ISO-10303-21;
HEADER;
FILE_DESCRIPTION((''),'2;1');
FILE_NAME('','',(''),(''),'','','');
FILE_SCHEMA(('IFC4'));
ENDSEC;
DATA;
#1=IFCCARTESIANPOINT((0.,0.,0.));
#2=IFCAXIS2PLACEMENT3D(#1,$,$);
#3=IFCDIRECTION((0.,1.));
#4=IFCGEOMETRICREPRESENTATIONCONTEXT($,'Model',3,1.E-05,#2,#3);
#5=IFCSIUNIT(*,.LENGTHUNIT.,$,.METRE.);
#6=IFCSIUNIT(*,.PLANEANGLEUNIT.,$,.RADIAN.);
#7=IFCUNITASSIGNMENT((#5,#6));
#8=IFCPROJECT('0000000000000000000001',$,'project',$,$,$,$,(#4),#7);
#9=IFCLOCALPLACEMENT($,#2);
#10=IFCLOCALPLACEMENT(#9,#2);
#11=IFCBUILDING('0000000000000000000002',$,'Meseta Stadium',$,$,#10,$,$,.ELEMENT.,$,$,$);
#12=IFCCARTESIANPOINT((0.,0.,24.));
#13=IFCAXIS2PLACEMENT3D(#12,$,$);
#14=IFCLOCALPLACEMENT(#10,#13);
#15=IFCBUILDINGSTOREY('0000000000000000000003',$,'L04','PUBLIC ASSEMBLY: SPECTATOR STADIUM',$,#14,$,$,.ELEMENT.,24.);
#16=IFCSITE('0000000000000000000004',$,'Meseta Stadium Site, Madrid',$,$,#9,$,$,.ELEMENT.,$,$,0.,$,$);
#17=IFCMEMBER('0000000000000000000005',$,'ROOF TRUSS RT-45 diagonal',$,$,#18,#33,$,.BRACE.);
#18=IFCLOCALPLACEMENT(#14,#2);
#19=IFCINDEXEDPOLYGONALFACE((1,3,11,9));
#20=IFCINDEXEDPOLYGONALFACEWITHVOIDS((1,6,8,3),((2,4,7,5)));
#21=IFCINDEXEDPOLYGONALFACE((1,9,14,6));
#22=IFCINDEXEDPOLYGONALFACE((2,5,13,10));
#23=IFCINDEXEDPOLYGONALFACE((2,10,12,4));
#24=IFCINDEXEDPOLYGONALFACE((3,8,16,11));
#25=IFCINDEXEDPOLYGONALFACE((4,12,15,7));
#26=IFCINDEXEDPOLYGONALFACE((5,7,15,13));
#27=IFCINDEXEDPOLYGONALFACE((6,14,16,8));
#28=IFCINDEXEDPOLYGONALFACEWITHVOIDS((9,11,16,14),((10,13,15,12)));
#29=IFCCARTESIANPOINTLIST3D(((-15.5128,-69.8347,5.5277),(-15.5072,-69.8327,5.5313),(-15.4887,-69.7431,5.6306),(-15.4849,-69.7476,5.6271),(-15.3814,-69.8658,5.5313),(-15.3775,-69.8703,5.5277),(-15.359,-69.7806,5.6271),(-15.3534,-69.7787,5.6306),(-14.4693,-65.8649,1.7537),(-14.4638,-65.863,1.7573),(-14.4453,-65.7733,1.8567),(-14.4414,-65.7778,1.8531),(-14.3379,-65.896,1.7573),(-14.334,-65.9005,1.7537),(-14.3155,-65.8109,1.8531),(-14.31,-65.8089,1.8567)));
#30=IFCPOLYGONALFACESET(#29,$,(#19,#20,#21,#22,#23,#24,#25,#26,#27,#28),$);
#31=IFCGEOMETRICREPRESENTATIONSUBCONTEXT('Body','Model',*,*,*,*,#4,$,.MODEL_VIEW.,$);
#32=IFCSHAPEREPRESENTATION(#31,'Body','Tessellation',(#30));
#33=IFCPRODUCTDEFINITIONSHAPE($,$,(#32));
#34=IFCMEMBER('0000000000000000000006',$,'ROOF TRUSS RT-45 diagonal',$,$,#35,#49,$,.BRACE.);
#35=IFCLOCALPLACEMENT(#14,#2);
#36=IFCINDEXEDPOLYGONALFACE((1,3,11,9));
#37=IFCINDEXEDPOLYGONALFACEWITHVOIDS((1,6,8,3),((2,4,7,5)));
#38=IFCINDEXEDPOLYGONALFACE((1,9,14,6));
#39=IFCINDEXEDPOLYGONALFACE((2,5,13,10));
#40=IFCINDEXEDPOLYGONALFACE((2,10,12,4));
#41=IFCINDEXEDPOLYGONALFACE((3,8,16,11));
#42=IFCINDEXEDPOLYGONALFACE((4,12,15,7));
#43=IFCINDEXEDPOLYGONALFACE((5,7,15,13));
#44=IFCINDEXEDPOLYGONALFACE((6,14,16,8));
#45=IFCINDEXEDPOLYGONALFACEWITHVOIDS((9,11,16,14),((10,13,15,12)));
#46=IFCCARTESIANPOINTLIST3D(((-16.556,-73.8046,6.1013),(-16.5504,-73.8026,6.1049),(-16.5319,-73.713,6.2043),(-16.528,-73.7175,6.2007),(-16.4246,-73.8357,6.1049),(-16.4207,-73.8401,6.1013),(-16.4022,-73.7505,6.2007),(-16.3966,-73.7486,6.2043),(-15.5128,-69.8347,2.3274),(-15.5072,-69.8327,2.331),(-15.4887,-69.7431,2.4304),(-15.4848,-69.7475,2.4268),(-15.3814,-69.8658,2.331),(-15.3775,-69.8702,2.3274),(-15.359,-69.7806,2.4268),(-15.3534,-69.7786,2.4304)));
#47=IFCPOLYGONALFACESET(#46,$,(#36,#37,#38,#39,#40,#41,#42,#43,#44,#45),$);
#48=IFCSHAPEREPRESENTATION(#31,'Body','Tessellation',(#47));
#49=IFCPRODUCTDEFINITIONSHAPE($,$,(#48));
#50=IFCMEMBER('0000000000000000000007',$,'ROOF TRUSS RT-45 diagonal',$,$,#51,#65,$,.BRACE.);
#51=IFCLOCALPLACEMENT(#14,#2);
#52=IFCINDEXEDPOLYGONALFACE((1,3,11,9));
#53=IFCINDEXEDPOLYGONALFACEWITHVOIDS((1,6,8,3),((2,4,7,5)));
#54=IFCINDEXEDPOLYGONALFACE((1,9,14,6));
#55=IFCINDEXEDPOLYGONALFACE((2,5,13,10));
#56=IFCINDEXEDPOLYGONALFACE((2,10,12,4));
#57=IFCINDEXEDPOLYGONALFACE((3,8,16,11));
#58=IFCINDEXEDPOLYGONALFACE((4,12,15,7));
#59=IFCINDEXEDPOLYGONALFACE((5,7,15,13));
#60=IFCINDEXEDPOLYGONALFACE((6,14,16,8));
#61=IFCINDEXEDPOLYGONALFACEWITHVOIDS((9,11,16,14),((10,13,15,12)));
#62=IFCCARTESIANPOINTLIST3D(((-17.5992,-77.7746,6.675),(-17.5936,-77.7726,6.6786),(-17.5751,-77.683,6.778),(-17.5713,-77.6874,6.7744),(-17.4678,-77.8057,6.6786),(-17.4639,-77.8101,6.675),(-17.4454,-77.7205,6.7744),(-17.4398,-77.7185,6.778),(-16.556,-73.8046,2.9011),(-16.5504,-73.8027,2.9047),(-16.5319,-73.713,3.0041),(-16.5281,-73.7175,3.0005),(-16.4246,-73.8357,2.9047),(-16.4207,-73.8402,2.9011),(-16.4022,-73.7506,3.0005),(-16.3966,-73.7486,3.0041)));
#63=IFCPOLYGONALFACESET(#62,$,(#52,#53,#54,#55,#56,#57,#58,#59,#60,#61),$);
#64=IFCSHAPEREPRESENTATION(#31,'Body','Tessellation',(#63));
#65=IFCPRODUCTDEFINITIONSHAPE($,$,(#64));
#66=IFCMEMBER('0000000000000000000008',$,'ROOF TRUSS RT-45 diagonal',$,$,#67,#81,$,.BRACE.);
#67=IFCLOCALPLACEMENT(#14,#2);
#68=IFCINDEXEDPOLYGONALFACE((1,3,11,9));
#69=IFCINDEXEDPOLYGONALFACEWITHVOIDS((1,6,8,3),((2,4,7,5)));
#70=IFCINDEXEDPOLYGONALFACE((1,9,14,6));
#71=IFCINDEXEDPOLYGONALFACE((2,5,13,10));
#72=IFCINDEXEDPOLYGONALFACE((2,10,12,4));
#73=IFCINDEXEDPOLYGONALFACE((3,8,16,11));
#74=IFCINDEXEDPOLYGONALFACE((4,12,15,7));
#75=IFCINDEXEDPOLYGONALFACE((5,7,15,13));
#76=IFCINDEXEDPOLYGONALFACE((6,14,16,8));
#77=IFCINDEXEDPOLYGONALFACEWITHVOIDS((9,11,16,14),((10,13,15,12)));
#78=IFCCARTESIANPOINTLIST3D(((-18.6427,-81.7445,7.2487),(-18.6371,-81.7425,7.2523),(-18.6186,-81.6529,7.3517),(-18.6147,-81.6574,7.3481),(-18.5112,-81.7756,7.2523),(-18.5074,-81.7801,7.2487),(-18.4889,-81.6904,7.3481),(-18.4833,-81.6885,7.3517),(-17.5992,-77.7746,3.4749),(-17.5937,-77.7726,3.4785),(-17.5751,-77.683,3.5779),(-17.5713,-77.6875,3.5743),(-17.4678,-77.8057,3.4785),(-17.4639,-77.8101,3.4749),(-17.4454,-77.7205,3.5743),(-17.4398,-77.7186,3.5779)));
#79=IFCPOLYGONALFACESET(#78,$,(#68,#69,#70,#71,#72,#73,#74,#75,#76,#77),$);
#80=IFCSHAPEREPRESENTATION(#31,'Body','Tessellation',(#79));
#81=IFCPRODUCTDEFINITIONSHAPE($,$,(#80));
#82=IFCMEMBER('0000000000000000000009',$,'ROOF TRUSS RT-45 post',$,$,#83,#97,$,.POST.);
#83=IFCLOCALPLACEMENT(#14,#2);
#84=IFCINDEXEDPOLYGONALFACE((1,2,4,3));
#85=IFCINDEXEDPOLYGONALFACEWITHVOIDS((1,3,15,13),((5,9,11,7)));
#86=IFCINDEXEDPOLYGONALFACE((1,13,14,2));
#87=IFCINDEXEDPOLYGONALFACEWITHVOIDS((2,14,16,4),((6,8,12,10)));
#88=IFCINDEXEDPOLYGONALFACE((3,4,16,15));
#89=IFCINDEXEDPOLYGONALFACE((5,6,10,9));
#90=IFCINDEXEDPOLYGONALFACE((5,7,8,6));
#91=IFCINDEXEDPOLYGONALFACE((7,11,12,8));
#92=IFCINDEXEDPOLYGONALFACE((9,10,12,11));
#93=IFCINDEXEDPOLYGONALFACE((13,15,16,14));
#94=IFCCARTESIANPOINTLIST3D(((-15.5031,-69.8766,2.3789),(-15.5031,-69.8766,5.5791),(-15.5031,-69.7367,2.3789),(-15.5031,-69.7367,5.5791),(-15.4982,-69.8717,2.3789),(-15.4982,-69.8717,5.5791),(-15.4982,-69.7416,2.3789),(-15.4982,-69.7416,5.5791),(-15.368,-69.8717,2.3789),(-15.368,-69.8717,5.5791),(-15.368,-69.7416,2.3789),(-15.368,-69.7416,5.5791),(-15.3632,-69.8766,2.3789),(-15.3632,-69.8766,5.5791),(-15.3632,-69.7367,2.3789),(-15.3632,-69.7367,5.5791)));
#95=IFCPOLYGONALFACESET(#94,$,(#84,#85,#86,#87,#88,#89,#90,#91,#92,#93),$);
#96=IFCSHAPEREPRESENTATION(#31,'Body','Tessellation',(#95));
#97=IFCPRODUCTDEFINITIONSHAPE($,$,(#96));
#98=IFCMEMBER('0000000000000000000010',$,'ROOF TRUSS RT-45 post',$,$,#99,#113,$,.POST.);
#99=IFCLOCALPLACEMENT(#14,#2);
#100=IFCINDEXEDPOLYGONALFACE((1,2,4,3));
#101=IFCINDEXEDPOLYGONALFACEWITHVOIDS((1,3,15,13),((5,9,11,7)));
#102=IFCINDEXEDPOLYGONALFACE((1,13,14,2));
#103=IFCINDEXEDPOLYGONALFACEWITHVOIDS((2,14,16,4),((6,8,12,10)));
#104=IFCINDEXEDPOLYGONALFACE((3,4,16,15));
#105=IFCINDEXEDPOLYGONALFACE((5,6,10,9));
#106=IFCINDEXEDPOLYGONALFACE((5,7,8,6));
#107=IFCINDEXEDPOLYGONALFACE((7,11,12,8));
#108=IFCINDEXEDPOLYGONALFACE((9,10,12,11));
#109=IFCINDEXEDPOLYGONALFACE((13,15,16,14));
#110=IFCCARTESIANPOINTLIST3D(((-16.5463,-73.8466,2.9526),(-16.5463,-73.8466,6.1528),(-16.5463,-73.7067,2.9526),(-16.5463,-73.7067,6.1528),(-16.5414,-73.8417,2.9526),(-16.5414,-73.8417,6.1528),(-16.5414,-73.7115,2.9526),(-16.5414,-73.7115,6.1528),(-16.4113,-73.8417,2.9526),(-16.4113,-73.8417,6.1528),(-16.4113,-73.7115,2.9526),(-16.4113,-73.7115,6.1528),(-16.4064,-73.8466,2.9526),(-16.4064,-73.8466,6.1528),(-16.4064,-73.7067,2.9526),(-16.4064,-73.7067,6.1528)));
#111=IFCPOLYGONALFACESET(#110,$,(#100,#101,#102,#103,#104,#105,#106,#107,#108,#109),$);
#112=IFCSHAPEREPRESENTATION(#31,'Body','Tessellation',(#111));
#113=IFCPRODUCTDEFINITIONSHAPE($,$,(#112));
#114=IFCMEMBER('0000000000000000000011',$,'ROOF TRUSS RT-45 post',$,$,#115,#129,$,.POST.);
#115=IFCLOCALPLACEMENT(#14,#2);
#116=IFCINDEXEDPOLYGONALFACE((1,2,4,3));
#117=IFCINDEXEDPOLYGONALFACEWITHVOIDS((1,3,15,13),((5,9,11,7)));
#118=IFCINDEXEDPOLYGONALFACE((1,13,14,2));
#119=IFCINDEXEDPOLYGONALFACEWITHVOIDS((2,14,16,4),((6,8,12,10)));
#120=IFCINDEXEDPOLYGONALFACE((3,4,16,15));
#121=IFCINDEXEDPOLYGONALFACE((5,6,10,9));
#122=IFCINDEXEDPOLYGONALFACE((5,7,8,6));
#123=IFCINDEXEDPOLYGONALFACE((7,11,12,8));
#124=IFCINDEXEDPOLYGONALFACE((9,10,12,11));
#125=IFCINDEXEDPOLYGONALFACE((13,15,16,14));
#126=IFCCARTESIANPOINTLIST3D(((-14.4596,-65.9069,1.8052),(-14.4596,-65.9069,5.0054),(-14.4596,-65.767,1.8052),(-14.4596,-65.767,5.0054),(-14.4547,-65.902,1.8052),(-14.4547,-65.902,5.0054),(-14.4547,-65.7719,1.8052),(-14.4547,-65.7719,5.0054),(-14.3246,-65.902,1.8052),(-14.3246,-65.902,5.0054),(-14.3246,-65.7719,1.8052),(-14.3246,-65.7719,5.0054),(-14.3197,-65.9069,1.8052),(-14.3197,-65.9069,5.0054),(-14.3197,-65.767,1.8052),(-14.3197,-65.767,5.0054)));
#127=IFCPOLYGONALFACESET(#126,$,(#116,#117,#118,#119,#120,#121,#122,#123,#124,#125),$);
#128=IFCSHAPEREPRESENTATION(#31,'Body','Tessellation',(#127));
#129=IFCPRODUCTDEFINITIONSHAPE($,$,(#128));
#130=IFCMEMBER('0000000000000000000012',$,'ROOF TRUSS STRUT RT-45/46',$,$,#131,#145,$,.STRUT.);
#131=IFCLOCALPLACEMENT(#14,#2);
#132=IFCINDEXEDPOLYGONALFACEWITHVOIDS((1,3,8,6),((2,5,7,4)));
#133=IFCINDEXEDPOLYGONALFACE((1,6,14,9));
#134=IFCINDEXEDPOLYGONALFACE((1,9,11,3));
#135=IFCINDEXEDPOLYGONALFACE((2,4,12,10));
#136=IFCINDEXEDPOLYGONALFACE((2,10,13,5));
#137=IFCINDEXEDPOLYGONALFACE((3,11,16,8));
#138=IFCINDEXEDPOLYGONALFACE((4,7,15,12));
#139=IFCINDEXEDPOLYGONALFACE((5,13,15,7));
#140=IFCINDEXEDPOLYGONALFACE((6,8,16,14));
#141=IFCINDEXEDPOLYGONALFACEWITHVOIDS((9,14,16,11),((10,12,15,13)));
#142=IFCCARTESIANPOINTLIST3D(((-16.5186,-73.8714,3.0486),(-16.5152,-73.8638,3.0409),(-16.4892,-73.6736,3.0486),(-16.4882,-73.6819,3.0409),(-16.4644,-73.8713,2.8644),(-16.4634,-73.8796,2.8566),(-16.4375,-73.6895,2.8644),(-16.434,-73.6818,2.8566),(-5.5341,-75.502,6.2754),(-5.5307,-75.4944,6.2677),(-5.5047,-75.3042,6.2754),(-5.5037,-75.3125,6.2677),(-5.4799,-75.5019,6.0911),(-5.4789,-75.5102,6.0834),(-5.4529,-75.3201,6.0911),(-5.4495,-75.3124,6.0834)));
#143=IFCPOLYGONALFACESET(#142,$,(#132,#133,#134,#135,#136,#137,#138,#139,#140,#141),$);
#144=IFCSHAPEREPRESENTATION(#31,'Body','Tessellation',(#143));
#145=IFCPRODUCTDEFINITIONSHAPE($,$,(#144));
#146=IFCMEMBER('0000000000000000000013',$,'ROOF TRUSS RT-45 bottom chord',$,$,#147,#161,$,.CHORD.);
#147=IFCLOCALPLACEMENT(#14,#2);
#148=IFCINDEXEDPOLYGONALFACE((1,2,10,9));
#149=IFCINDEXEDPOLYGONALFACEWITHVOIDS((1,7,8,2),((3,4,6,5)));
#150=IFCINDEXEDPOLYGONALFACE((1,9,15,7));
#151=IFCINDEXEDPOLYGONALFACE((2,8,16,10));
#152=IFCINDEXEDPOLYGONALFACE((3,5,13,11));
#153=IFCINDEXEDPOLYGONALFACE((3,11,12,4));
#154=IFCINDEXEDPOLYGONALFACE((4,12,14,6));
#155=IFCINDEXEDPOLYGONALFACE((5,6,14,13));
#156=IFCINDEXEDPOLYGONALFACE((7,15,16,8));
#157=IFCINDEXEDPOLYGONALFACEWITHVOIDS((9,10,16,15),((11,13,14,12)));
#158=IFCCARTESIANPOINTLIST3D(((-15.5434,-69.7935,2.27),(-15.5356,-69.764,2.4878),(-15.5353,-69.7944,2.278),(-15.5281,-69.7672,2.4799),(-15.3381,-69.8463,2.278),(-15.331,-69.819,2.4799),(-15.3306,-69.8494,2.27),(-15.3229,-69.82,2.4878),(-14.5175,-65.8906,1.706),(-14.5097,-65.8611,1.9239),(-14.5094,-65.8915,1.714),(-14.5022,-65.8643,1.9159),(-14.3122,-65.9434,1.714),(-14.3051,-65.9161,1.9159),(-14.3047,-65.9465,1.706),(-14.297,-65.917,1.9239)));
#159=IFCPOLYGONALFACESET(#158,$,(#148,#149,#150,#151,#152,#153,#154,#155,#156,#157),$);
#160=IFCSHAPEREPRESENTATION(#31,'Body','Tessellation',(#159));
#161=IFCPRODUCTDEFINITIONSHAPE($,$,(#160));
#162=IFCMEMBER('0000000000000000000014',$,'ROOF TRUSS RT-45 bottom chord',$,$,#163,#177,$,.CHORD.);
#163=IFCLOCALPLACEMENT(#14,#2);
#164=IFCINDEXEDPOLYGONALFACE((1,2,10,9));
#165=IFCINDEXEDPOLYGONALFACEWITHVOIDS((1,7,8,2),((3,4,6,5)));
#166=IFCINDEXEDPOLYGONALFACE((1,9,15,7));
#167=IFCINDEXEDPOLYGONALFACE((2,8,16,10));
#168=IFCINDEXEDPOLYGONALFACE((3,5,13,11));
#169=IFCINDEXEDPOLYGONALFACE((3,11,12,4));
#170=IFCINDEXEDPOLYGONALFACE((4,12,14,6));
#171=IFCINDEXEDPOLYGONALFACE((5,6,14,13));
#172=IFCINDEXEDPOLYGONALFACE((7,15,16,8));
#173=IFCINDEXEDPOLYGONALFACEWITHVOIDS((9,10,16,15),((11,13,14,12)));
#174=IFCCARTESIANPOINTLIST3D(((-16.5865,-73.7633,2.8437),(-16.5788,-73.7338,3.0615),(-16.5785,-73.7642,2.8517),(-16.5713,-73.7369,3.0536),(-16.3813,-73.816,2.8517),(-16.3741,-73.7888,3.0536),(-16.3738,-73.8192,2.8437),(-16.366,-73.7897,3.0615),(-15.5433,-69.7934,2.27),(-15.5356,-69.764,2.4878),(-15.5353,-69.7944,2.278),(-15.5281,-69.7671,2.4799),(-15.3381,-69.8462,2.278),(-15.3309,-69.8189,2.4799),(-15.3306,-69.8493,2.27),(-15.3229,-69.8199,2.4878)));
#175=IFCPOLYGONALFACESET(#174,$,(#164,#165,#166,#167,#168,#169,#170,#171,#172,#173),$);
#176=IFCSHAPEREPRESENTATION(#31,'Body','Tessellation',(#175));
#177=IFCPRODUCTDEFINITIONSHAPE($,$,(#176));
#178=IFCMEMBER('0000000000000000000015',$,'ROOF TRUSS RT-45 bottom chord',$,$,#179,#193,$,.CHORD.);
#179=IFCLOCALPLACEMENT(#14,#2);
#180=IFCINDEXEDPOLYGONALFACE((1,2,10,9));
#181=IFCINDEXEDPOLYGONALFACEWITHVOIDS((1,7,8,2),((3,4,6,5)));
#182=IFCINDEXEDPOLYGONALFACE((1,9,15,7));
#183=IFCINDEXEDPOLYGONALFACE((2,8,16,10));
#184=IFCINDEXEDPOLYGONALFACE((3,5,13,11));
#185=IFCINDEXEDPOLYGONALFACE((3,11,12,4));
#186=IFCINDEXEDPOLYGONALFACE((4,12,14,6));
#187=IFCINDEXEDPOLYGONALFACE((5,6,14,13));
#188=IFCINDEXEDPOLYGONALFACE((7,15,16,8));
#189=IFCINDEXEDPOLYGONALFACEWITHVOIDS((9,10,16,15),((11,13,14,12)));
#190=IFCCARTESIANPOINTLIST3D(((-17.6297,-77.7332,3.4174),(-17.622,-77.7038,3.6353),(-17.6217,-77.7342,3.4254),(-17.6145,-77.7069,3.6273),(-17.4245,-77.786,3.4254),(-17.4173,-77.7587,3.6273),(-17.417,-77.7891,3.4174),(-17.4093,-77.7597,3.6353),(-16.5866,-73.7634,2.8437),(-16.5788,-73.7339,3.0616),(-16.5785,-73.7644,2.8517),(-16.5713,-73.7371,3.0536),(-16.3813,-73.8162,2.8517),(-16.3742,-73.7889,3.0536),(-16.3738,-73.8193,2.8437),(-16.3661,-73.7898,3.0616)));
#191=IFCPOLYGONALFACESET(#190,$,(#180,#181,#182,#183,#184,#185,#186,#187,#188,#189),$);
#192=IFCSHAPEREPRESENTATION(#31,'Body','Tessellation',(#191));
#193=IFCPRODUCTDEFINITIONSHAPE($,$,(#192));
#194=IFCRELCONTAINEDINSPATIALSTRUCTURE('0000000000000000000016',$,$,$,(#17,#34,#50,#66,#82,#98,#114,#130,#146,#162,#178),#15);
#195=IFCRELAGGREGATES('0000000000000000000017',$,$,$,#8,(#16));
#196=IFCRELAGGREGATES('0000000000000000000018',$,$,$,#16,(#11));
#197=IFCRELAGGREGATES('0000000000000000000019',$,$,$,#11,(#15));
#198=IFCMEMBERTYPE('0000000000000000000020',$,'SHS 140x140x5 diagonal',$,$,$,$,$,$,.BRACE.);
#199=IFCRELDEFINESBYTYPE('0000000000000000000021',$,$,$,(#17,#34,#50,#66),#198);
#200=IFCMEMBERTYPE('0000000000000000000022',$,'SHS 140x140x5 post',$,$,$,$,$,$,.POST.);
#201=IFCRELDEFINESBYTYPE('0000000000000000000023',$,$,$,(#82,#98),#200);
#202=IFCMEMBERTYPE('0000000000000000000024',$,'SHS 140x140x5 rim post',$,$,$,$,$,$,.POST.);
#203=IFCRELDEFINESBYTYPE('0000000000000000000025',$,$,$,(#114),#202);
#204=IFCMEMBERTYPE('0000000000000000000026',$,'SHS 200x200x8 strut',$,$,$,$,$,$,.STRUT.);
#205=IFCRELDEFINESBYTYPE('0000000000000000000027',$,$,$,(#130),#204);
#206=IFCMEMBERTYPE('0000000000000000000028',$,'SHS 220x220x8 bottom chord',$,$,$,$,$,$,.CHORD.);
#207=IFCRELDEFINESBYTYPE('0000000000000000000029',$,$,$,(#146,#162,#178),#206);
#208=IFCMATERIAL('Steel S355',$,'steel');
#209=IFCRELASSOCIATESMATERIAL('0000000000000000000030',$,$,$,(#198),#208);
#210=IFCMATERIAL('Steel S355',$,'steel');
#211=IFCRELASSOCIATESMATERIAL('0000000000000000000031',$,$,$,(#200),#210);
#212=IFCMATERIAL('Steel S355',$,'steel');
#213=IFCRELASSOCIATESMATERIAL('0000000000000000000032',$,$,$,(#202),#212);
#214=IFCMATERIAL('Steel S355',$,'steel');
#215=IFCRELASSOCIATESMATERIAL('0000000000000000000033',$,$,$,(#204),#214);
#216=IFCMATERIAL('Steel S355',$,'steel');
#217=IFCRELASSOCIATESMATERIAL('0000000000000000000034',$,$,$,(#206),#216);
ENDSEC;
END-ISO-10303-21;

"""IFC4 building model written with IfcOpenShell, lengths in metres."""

from ifc_helpers import new_model, si_unit, direction, frame, origin, origin_2d, place, context, subcontext, project, spatial, hollow_rectangle, extrude, material, material_profile, profile_set, type_object, element, save


model = new_model("IFC4")

# Units and contexts
model_context = context("Model", 3, precision=1e-05, world=origin(), true_north=direction((0.0, 1.0)))
body_context = subcontext(model_context, "Body", "Model", "MODEL_VIEW")
ifc_project = project(units=[si_unit("LENGTHUNIT", "METRE"), si_unit("PLANEANGLEUNIT", "RADIAN")], contexts=[model_context])

# Site, building, storey
site_placement = place(None, origin())
site = spatial("IfcSite", under=ifc_project, at=site_placement, Name="Meseta Stadium Site, Madrid", CompositionType="ELEMENT", RefElevation=0.0)
building_placement = place(site_placement, origin())
building = spatial("IfcBuilding", under=site, at=building_placement, Name="Meseta Stadium", CompositionType="ELEMENT")
storey_placement = place(building_placement, frame((0.0, 0.0, 24.0)))
storey = spatial("IfcBuildingStorey", under=building, at=storey_placement, Name="L04", Description="PUBLIC ASSEMBLY: SPECTATOR STADIUM", CompositionType="ELEMENT", Elevation=24.0)

# Members
ifc_material_1 = material(Name="Steel S355", Category="steel")
ifc_material_profile_1 = material_profile(ifc_material_1, hollow_rectangle(XDim=0.1399, YDim=0.1399, WallThickness=0.0049, at=origin_2d()), Name="SHS 140x140x5")
ifc_profile_set_1 = profile_set([ifc_material_profile_1], Name="Steel S355")
member_type_1 = type_object("IfcMemberType", Name="SHS 140x140x5 diagonal", PredefinedType="BRACE", material=ifc_profile_set_1)
for number, where, z_axis, x_axis, name in (
    (1, (-14.3896, -65.8369, 1.8052), (-0.187139, -0.711951, 0.676835), (0.967147, -0.254218, 0.0), "ROOF TRUSS RT-45 diagonal"),
    (2, (-15.4331, -69.8066, 2.3789), (-0.187091, -0.711978, 0.676819), (0.967165, -0.254148, 0.0), "ROOF TRUSS RT-45 diagonal"),
    (3, (-16.4763, -73.7766, 2.9526), (-0.187091, -0.711978, 0.676819), (0.967165, -0.254148, 0.0), "ROOF TRUSS RT-45 diagonal"),
    (4, (-17.5195, -77.7466, 3.5264), (-0.187133, -0.711972, 0.676814), (0.967151, -0.254203, 0.0), "ROOF TRUSS RT-45 diagonal"),
):
    element("IfcMember", number, at=place(storey_placement, frame(where, z_axis=z_axis, x_axis=x_axis)), inside=storey, type_object=member_type_1, Name=name, PredefinedType="BRACE", context=body_context, shape_type="SweptSolid", body=[
        extrude(hollow_rectangle(XDim=0.1399, YDim=0.1399, WallThickness=0.0049, at=origin_2d()), origin(), (0.0, 0.0, 1.0), 5.5759),
    ])
ifc_material_2 = material(Name="Steel S355", Category="steel")
ifc_material_profile_2 = material_profile(ifc_material_2, hollow_rectangle(XDim=0.1399, YDim=0.1399, WallThickness=0.0049, at=origin_2d()), Name="SHS 140x140x5")
ifc_profile_set_2 = profile_set([ifc_material_profile_2], Name="Steel S355")
member_type_2 = type_object("IfcMemberType", Name="SHS 140x140x5 post", PredefinedType="POST", material=ifc_profile_set_2)
for number, where, z_axis, x_axis, name in (
    (5, (-15.4331, -69.8066, 2.3789), (0.0, 0.0, 1.0), (1.0, 0.0, 0.0), "ROOF TRUSS RT-45 post"),
    (6, (-16.4763, -73.7766, 2.9526), (0.0, 0.0, 1.0), (1.0, 0.0, 0.0), "ROOF TRUSS RT-45 post"),
):
    element("IfcMember", number, at=place(storey_placement, frame(where, z_axis=z_axis, x_axis=x_axis)), inside=storey, type_object=member_type_2, Name=name, PredefinedType="POST", context=body_context, shape_type="SweptSolid", body=[
        extrude(hollow_rectangle(XDim=0.1399, YDim=0.1399, WallThickness=0.0049, at=origin_2d()), origin(), (0.0, 0.0, 1.0), 3.2002),
    ])
ifc_material_3 = material(Name="Steel S355", Category="steel")
ifc_material_profile_3 = material_profile(ifc_material_3, hollow_rectangle(XDim=0.1399, YDim=0.1399, WallThickness=0.0049, at=origin_2d()), Name="SHS 140x140x5")
ifc_profile_set_3 = profile_set([ifc_material_profile_3], Name="Steel S355")
member_type_3 = type_object("IfcMemberType", Name="SHS 140x140x5 rim post", PredefinedType="POST", material=ifc_profile_set_3)
member_1_placement = place(storey_placement, frame((-14.3896, -65.8369, 1.8052), z_axis=(0.0, 0.0, 1.0), x_axis=(1.0, 0.0, 0.0)))
element("IfcMember", 7, at=member_1_placement, inside=storey, type_object=member_type_3, Name="ROOF TRUSS RT-45 post", PredefinedType="POST", context=body_context, shape_type="SweptSolid", body=[
    extrude(hollow_rectangle(XDim=0.1399, YDim=0.1399, WallThickness=0.0049, at=origin_2d()), origin(), (0.0, 0.0, 1.0), 3.2002),
])
ifc_material_4 = material(Name="Steel S355", Category="steel")
ifc_material_profile_4 = material_profile(ifc_material_4, hollow_rectangle(XDim=0.2, YDim=0.2, WallThickness=0.0081, at=origin_2d()), Name="SHS 200x200x8")
ifc_profile_set_4 = profile_set([ifc_material_profile_4], Name="Steel S355")
member_type_4 = type_object("IfcMemberType", Name="SHS 200x200x8 strut", PredefinedType="STRUT", material=ifc_profile_set_4)
member_2_placement = place(storey_placement, frame((-16.4763, -73.7766, 2.9526), z_axis=(0.949873, -0.141004, 0.279032), x_axis=(0.146836, 0.989161, 0.0)))
element("IfcMember", 8, at=member_2_placement, inside=storey, type_object=member_type_4, Name="ROOF TRUSS STRUT RT-45/46", PredefinedType="STRUT", context=body_context, shape_type="SweptSolid", body=[
    extrude(hollow_rectangle(XDim=0.2, YDim=0.2, WallThickness=0.0081, at=origin_2d()), origin(), (0.0, 0.0, 1.0), 11.5642),
])
ifc_material_5 = material(Name="Steel S355", Category="steel")
ifc_material_profile_5 = material_profile(ifc_material_5, hollow_rectangle(XDim=0.22, YDim=0.22, WallThickness=0.0081, at=origin_2d()), Name="SHS 220x220x8")
ifc_profile_set_5 = profile_set([ifc_material_profile_5], Name="Steel S355")
member_type_5 = type_object("IfcMemberType", Name="SHS 220x220x8 bottom chord", PredefinedType="CHORD", material=ifc_profile_set_5)
member_3_placement = place(storey_placement, frame((-14.4072, -65.9038, 1.8149), z_axis=(-0.251772, -0.957838, 0.138409), x_axis=(0.967147, -0.254219, 0.0)))
element("IfcMember", 9, at=member_3_placement, inside=storey, type_object=member_type_5, Name="ROOF TRUSS RT-45 bottom chord", PredefinedType="CHORD", context=body_context, shape_type="SweptSolid", body=[
    extrude(hollow_rectangle(XDim=0.22, YDim=0.22, WallThickness=0.0081, at=origin_2d()), origin(), (0.0, 0.0, 1.0), 4.0747),
])
for number, where, z_axis, x_axis, name in (
    (10, (-15.4331, -69.8066, 2.3789), (-0.251701, -0.957854, 0.138427), (0.967165, -0.254148, 0.0), "ROOF TRUSS RT-45 bottom chord"),
    (11, (-16.4763, -73.7766, 2.9526), (-0.251701, -0.957854, 0.138427), (0.967165, -0.254148, 0.0), "ROOF TRUSS RT-45 bottom chord"),
):
    element("IfcMember", number, at=place(storey_placement, frame(where, z_axis=z_axis, x_axis=x_axis)), inside=storey, type_object=member_type_5, Name=name, PredefinedType="CHORD", context=body_context, shape_type="SweptSolid", body=[
        extrude(hollow_rectangle(XDim=0.22, YDim=0.22, WallThickness=0.0081, at=origin_2d()), origin(), (0.0, 0.0, 1.0), 4.1445),
    ])

save(model, "model.ifc")
